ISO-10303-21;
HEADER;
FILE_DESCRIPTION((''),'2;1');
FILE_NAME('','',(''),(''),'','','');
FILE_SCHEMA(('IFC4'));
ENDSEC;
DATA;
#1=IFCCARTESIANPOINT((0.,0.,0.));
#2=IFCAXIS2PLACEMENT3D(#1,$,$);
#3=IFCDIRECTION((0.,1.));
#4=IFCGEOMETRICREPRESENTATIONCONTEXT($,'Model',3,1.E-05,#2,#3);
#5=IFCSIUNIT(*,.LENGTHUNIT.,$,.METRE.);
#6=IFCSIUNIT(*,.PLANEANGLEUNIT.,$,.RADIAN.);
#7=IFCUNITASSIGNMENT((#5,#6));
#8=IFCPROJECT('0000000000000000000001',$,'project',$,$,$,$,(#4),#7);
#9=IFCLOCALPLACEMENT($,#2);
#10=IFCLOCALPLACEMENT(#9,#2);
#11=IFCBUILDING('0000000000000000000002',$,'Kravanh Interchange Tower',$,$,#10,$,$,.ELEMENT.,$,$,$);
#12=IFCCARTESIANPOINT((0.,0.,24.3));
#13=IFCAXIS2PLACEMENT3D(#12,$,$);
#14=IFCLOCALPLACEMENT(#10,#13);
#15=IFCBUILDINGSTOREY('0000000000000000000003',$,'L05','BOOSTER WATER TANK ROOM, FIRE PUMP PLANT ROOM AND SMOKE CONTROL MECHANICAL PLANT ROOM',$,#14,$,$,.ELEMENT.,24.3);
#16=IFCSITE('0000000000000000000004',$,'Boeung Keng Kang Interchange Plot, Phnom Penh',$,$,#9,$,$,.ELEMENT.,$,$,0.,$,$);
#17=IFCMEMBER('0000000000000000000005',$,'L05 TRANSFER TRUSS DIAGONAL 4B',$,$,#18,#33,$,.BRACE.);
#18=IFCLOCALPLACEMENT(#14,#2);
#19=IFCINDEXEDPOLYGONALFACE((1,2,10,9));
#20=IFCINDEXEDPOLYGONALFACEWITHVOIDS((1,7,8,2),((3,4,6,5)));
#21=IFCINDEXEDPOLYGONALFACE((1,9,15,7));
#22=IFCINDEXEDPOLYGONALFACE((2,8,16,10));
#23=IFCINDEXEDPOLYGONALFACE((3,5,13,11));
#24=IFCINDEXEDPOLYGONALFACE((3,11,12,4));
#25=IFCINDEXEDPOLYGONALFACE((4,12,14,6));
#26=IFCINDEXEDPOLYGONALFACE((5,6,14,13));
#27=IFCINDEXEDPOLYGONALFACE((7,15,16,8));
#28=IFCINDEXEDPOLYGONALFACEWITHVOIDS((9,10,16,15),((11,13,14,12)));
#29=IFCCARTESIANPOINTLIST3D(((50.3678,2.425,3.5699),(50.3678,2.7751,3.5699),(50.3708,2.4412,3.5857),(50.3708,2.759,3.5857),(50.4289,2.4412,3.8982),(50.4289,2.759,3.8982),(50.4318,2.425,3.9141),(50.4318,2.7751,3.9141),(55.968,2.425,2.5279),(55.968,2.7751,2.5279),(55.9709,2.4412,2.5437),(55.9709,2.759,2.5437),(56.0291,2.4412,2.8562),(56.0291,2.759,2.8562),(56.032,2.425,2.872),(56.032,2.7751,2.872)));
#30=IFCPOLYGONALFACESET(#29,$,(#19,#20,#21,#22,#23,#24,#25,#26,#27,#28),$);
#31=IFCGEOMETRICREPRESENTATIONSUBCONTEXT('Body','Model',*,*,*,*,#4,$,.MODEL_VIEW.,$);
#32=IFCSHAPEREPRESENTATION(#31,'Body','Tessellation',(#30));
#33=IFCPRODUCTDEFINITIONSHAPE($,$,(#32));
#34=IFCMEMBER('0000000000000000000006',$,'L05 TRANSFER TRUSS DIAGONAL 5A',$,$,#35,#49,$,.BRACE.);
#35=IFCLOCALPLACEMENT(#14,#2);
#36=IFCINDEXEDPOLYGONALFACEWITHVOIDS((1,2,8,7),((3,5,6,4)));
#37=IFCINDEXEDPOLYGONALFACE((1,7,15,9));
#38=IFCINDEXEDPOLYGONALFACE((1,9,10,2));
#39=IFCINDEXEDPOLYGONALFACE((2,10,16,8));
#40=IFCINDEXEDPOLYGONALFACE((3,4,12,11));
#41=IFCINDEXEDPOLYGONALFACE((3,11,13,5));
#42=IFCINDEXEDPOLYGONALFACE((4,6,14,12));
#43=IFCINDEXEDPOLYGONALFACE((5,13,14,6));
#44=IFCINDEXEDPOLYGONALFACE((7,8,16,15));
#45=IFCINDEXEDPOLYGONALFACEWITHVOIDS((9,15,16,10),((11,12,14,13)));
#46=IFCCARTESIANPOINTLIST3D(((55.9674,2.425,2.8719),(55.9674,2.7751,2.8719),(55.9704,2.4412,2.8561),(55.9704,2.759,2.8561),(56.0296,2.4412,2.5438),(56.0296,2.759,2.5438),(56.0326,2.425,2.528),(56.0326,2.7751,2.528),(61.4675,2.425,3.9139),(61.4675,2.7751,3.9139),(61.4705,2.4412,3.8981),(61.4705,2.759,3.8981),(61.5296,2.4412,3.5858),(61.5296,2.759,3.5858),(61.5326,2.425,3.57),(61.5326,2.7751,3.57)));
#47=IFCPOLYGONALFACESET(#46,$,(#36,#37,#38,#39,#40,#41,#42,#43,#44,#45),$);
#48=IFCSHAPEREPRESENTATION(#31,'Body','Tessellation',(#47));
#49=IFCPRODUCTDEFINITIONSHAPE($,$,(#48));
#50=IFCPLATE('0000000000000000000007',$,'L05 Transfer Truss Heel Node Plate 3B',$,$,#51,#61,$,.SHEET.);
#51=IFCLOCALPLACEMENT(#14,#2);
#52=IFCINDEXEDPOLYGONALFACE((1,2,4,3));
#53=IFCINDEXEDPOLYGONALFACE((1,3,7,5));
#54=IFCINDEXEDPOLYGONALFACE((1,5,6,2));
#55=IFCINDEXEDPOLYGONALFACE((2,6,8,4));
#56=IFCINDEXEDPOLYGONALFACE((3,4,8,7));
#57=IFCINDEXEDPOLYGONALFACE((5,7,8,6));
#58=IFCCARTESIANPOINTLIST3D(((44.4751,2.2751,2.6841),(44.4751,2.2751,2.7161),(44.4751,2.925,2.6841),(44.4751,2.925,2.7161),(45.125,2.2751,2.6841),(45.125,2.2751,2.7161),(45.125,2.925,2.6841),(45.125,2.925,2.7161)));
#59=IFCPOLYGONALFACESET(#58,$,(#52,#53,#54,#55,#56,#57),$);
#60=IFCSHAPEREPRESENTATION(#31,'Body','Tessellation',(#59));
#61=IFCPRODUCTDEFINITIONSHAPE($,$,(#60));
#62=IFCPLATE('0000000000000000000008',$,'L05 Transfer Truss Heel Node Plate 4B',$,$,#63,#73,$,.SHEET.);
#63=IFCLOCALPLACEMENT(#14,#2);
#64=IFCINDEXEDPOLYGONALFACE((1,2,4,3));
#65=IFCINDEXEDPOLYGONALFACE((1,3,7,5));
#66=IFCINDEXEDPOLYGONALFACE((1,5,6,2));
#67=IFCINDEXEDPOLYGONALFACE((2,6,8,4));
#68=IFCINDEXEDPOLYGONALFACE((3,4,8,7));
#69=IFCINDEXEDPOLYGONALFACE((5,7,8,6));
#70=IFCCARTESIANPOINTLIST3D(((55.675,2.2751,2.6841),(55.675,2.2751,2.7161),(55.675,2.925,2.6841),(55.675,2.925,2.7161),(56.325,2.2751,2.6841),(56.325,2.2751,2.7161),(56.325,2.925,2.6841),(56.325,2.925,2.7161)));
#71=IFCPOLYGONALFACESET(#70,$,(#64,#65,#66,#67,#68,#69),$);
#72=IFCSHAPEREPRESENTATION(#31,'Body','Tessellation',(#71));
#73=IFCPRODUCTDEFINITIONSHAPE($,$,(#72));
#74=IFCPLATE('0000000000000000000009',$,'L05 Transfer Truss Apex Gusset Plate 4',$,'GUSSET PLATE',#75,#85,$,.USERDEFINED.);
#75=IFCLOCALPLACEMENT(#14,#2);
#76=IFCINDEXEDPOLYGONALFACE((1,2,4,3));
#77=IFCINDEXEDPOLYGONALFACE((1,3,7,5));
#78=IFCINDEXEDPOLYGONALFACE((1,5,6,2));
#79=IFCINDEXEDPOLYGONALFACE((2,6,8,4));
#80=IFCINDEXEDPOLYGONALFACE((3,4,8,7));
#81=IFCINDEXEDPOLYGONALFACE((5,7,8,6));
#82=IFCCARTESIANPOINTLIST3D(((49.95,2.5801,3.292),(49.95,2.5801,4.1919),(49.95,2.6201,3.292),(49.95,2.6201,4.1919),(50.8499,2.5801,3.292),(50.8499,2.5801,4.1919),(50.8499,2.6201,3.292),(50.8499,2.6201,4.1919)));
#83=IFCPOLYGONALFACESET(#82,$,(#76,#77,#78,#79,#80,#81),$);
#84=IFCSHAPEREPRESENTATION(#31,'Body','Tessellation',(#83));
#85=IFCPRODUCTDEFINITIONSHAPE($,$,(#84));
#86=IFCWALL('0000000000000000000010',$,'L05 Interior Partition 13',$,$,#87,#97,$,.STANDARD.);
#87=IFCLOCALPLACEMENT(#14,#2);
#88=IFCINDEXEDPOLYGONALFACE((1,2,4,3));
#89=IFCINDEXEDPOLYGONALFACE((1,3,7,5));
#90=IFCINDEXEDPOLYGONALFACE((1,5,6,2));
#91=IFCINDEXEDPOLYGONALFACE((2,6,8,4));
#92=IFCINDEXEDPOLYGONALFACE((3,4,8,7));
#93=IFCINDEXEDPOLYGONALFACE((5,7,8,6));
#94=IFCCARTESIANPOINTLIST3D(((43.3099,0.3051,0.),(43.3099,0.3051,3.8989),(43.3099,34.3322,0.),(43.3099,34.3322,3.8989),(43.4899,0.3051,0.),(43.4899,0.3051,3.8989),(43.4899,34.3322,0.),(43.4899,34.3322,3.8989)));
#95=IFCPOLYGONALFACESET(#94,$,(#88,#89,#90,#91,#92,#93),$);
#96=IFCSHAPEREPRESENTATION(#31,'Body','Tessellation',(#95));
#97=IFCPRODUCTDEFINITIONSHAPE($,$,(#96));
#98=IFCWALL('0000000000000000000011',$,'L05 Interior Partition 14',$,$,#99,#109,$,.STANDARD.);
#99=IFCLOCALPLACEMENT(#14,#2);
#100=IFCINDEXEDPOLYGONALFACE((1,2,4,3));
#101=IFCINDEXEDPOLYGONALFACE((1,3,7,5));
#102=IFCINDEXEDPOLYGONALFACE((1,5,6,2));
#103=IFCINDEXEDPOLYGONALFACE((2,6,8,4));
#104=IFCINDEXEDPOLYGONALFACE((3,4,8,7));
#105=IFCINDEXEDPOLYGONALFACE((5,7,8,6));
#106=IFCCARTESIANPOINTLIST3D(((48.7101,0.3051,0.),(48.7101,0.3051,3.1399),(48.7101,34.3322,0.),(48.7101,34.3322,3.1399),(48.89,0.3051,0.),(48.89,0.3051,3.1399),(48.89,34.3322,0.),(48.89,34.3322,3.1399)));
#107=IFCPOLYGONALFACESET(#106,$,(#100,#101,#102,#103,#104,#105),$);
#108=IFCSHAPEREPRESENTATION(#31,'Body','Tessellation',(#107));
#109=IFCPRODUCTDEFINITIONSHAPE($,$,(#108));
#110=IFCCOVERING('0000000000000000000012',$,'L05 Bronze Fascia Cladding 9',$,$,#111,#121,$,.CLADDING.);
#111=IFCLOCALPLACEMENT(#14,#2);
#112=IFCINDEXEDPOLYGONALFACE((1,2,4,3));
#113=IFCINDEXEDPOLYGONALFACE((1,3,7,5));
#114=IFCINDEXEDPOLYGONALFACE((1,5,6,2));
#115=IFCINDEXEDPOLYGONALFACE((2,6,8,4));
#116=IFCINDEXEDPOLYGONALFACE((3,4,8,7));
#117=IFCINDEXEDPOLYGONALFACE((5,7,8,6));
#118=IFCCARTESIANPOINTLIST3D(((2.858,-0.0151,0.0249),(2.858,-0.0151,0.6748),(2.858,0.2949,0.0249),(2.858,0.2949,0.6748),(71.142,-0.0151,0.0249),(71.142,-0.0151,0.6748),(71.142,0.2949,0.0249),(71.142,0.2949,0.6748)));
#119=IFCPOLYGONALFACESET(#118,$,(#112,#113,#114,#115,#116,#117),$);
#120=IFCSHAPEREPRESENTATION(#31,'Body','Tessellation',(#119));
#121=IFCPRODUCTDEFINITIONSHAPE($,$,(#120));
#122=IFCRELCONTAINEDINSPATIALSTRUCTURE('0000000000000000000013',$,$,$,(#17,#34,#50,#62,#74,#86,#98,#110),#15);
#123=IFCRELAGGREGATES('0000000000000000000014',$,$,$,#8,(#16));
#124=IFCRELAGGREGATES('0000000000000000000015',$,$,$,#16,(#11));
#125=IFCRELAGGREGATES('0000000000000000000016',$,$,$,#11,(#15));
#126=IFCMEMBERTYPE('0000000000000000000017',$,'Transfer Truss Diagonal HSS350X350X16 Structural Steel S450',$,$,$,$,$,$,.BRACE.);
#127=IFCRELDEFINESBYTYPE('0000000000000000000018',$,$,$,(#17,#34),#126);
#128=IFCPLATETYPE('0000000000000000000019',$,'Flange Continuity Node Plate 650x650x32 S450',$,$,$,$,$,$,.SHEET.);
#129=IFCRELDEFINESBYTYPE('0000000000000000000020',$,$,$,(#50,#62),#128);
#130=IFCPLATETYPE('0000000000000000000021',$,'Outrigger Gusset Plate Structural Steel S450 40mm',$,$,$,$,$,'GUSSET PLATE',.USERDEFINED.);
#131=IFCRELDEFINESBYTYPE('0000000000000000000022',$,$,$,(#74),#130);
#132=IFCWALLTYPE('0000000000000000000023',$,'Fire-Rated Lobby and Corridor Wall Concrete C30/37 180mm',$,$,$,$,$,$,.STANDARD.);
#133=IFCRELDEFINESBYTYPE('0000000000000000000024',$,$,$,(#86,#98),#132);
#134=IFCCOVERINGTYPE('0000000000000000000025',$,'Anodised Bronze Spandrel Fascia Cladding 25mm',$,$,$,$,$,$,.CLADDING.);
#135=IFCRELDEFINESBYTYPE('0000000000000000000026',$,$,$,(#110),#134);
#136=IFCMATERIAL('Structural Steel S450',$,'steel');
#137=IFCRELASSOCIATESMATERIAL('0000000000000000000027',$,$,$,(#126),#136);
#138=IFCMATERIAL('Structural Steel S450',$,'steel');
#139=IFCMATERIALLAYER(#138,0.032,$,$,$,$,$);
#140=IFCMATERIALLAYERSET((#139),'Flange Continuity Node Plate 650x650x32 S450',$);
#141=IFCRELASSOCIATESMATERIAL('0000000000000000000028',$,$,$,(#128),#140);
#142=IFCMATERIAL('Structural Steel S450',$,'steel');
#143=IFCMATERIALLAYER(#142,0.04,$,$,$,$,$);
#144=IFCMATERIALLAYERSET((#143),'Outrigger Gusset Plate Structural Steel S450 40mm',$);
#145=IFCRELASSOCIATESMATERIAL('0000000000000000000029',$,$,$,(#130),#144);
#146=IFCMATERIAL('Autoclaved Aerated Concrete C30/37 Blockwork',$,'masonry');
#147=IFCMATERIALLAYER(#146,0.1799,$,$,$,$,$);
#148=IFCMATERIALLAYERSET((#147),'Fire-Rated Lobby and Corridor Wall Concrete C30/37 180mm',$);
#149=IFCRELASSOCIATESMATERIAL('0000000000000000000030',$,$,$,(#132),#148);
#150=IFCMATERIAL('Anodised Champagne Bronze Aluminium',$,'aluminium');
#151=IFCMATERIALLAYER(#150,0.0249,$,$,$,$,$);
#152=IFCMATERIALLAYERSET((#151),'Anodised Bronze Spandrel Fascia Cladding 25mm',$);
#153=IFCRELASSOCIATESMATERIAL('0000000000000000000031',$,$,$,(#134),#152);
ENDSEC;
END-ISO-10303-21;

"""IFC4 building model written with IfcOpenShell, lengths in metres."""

from ifc_helpers import new_model, si_unit, direction, frame, frame_2d, origin, origin_2d, place, context, subcontext, project, spatial, rectangle, hollow_rectangle, extrude, material, layer, layer_set, material_profile, profile_set, type_object, element, save


model = new_model("IFC4")

# Units and contexts
model_context = context("Model", 3, precision=1e-05, world=origin(), true_north=direction((0.0, 1.0)))
body_context = subcontext(model_context, "Body", "Model", "MODEL_VIEW")
ifc_project = project(units=[si_unit("LENGTHUNIT", "METRE"), si_unit("PLANEANGLEUNIT", "RADIAN")], contexts=[model_context])

# Site, building, storey
site_placement = place(None, origin())
site = spatial("IfcSite", under=ifc_project, at=site_placement, Name="Boeung Keng Kang Interchange Plot, Phnom Penh", CompositionType="ELEMENT", RefElevation=0.0)
building_placement = place(site_placement, origin())
building = spatial("IfcBuilding", under=site, at=building_placement, Name="Kravanh Interchange Tower", CompositionType="ELEMENT")
storey_placement = place(building_placement, frame((0.0, 0.0, 24.3)))
storey = spatial("IfcBuildingStorey", under=building, at=storey_placement, Name="L05", Description="BOOSTER WATER TANK ROOM, FIRE PUMP PLANT ROOM AND SMOKE CONTROL MECHANICAL PLANT ROOM", CompositionType="ELEMENT", Elevation=24.3)

# Members
ifc_material_1 = material(Name="Structural Steel S450", Category="steel")
ifc_material_profile_1 = material_profile(ifc_material_1, hollow_rectangle(XDim=0.3501, YDim=0.3501, WallThickness=0.0161, at=origin_2d()), Name="HSS350X350X16")
ifc_profile_set_1 = profile_set([ifc_material_profile_1], Name="Structural Steel S450")
member_type_1 = type_object("IfcMemberType", Name="Transfer Truss Diagonal HSS350X350X16 Structural Steel S450", PredefinedType="BRACE", material=ifc_profile_set_1)
member_1_placement = place(storey_placement, frame((56.0, 2.6001, 2.7), z_axis=(-0.983126, 0.0, 0.182927), x_axis=(0.0, -1.0, 0.0)))
element("IfcMember", 1, at=member_1_placement, inside=storey, type_object=member_type_1, Name="L05 TRANSFER TRUSS DIAGONAL 4B", PredefinedType="BRACE", context=body_context, shape_type="SweptSolid", body=[
    extrude(hollow_rectangle(XDim=0.3501, YDim=0.3501, WallThickness=0.0161, at=origin_2d()), origin(), (0.0, 0.0, 1.0), 5.6963),
])
member_2_placement = place(storey_placement, frame((56.0, 2.6001, 2.7), z_axis=(0.982523, 0.0, 0.186142), x_axis=(0.0, 1.0, 0.0)))
element("IfcMember", 2, at=member_2_placement, inside=storey, type_object=member_type_1, Name="L05 TRANSFER TRUSS DIAGONAL 5A", PredefinedType="BRACE", context=body_context, shape_type="SweptSolid", body=[
    extrude(hollow_rectangle(XDim=0.3501, YDim=0.3501, WallThickness=0.0161, at=origin_2d()), origin(), (0.0, 0.0, 1.0), 5.5979),
])

# Plates
ifc_material_2 = material(Name="Structural Steel S450", Category="steel")
ifc_layer_1 = layer(ifc_material_2, 0.032)
ifc_layer_set_1 = layer_set([ifc_layer_1], Name="Flange Continuity Node Plate 650x650x32 S450")
plate_type_1 = type_object("IfcPlateType", Name="Flange Continuity Node Plate 650x650x32 S450", PredefinedType="SHEET", material=ifc_layer_set_1)
for number, where, z_axis, x_axis, name in (
    (3, (44.8, 2.6001, 2.6841), (0.0, 0.0, 1.0), (1.0, 0.0, 0.0), "L05 Transfer Truss Heel Node Plate 3B"),
    (4, (56.0, 2.6001, 2.6841), (0.0, 0.0, 1.0), (1.0, 0.0, 0.0), "L05 Transfer Truss Heel Node Plate 4B"),
):
    element("IfcPlate", number, at=place(storey_placement, frame(where, z_axis=z_axis, x_axis=x_axis)), inside=storey, type_object=plate_type_1, Name=name, PredefinedType="SHEET", context=body_context, shape_type="SweptSolid", body=[
        extrude(rectangle(XDim=0.6499, YDim=0.6499, at=origin_2d()), origin(), (0.0, 0.0, 1.0), 0.032),
    ])
ifc_material_3 = material(Name="Structural Steel S450", Category="steel")
ifc_layer_2 = layer(ifc_material_3, 0.04)
ifc_layer_set_2 = layer_set([ifc_layer_2], Name="Outrigger Gusset Plate Structural Steel S450 40mm")
plate_type_2 = type_object("IfcPlateType", Name="Outrigger Gusset Plate Structural Steel S450 40mm", ElementType="GUSSET PLATE", PredefinedType="USERDEFINED", material=ifc_layer_set_2)
plate_placement = place(storey_placement, frame((50.3999, 2.6001, 3.292), z_axis=(0.0, 0.0, 1.0), x_axis=(1.0, 0.0, 0.0)))
element("IfcPlate", 5, at=plate_placement, inside=storey, type_object=plate_type_2, Name="L05 Transfer Truss Apex Gusset Plate 4", ObjectType="GUSSET PLATE", PredefinedType="USERDEFINED", context=body_context, shape_type="SweptSolid", body=[
    extrude(rectangle(XDim=0.8999, YDim=0.04, at=origin_2d()), origin(), (0.0, 0.0, 1.0), 0.8999),
])

# Walls
ifc_material_4 = material(Name="Autoclaved Aerated Concrete C30/37 Blockwork", Category="masonry")
ifc_layer_3 = layer(ifc_material_4, 0.1799)
ifc_layer_set_3 = layer_set([ifc_layer_3], Name="Fire-Rated Lobby and Corridor Wall Concrete C30/37 180mm")
wall_type = type_object("IfcWallType", Name="Fire-Rated Lobby and Corridor Wall Concrete C30/37 180mm", PredefinedType="STANDARD", material=ifc_layer_set_3)
wall_1_placement = place(storey_placement, frame((43.3999, 0.3049, 0.0), z_axis=(0.0, 0.0, 1.0), x_axis=(0.0, 1.0, 0.0)))
element("IfcWall", 6, at=wall_1_placement, inside=storey, type_object=wall_type, Name="L05 Interior Partition 13", PredefinedType="STANDARD", context=body_context, shape_type="SweptSolid", body=[
    extrude(rectangle(XDim=34.0271, YDim=0.1799, at=frame_2d((17.0137, 0.0))), origin(), (0.0, 0.0, 1.0), 3.8989),
])
wall_2_placement = place(storey_placement, frame((48.8, 0.3049, 0.0), z_axis=(0.0, 0.0, 1.0), x_axis=(0.0, 1.0, 0.0)))
element("IfcWall", 7, at=wall_2_placement, inside=storey, type_object=wall_type, Name="L05 Interior Partition 14", PredefinedType="STANDARD", context=body_context, shape_type="SweptSolid", body=[
    extrude(rectangle(XDim=34.0271, YDim=0.1799, at=frame_2d((17.0137, 0.0))), origin(), (0.0, 0.0, 1.0), 3.1399),
])

# Covering
ifc_material_5 = material(Name="Anodised Champagne Bronze Aluminium", Category="aluminium")
ifc_layer_4 = layer(ifc_material_5, 0.0249)
ifc_layer_set_4 = layer_set([ifc_layer_4], Name="Anodised Bronze Spandrel Fascia Cladding 25mm")
covering_type = type_object("IfcCoveringType", Name="Anodised Bronze Spandrel Fascia Cladding 25mm", PredefinedType="CLADDING", material=ifc_layer_set_4)
covering_placement = place(storey_placement, frame((37.0, 0.1399, 0.0249), z_axis=(0.0, 0.0, 1.0), x_axis=(-1.0, 0.0, 0.0)))
element("IfcCovering", 8, at=covering_placement, inside=storey, type_object=covering_type, Name="L05 Bronze Fascia Cladding 9", PredefinedType="CLADDING", context=body_context, shape_type="SweptSolid", body=[
    extrude(rectangle(XDim=68.2839, YDim=0.3101, at=origin_2d()), origin(), (0.0, 0.0, 1.0), 0.6499),
])

save(model, "model.ifc")
